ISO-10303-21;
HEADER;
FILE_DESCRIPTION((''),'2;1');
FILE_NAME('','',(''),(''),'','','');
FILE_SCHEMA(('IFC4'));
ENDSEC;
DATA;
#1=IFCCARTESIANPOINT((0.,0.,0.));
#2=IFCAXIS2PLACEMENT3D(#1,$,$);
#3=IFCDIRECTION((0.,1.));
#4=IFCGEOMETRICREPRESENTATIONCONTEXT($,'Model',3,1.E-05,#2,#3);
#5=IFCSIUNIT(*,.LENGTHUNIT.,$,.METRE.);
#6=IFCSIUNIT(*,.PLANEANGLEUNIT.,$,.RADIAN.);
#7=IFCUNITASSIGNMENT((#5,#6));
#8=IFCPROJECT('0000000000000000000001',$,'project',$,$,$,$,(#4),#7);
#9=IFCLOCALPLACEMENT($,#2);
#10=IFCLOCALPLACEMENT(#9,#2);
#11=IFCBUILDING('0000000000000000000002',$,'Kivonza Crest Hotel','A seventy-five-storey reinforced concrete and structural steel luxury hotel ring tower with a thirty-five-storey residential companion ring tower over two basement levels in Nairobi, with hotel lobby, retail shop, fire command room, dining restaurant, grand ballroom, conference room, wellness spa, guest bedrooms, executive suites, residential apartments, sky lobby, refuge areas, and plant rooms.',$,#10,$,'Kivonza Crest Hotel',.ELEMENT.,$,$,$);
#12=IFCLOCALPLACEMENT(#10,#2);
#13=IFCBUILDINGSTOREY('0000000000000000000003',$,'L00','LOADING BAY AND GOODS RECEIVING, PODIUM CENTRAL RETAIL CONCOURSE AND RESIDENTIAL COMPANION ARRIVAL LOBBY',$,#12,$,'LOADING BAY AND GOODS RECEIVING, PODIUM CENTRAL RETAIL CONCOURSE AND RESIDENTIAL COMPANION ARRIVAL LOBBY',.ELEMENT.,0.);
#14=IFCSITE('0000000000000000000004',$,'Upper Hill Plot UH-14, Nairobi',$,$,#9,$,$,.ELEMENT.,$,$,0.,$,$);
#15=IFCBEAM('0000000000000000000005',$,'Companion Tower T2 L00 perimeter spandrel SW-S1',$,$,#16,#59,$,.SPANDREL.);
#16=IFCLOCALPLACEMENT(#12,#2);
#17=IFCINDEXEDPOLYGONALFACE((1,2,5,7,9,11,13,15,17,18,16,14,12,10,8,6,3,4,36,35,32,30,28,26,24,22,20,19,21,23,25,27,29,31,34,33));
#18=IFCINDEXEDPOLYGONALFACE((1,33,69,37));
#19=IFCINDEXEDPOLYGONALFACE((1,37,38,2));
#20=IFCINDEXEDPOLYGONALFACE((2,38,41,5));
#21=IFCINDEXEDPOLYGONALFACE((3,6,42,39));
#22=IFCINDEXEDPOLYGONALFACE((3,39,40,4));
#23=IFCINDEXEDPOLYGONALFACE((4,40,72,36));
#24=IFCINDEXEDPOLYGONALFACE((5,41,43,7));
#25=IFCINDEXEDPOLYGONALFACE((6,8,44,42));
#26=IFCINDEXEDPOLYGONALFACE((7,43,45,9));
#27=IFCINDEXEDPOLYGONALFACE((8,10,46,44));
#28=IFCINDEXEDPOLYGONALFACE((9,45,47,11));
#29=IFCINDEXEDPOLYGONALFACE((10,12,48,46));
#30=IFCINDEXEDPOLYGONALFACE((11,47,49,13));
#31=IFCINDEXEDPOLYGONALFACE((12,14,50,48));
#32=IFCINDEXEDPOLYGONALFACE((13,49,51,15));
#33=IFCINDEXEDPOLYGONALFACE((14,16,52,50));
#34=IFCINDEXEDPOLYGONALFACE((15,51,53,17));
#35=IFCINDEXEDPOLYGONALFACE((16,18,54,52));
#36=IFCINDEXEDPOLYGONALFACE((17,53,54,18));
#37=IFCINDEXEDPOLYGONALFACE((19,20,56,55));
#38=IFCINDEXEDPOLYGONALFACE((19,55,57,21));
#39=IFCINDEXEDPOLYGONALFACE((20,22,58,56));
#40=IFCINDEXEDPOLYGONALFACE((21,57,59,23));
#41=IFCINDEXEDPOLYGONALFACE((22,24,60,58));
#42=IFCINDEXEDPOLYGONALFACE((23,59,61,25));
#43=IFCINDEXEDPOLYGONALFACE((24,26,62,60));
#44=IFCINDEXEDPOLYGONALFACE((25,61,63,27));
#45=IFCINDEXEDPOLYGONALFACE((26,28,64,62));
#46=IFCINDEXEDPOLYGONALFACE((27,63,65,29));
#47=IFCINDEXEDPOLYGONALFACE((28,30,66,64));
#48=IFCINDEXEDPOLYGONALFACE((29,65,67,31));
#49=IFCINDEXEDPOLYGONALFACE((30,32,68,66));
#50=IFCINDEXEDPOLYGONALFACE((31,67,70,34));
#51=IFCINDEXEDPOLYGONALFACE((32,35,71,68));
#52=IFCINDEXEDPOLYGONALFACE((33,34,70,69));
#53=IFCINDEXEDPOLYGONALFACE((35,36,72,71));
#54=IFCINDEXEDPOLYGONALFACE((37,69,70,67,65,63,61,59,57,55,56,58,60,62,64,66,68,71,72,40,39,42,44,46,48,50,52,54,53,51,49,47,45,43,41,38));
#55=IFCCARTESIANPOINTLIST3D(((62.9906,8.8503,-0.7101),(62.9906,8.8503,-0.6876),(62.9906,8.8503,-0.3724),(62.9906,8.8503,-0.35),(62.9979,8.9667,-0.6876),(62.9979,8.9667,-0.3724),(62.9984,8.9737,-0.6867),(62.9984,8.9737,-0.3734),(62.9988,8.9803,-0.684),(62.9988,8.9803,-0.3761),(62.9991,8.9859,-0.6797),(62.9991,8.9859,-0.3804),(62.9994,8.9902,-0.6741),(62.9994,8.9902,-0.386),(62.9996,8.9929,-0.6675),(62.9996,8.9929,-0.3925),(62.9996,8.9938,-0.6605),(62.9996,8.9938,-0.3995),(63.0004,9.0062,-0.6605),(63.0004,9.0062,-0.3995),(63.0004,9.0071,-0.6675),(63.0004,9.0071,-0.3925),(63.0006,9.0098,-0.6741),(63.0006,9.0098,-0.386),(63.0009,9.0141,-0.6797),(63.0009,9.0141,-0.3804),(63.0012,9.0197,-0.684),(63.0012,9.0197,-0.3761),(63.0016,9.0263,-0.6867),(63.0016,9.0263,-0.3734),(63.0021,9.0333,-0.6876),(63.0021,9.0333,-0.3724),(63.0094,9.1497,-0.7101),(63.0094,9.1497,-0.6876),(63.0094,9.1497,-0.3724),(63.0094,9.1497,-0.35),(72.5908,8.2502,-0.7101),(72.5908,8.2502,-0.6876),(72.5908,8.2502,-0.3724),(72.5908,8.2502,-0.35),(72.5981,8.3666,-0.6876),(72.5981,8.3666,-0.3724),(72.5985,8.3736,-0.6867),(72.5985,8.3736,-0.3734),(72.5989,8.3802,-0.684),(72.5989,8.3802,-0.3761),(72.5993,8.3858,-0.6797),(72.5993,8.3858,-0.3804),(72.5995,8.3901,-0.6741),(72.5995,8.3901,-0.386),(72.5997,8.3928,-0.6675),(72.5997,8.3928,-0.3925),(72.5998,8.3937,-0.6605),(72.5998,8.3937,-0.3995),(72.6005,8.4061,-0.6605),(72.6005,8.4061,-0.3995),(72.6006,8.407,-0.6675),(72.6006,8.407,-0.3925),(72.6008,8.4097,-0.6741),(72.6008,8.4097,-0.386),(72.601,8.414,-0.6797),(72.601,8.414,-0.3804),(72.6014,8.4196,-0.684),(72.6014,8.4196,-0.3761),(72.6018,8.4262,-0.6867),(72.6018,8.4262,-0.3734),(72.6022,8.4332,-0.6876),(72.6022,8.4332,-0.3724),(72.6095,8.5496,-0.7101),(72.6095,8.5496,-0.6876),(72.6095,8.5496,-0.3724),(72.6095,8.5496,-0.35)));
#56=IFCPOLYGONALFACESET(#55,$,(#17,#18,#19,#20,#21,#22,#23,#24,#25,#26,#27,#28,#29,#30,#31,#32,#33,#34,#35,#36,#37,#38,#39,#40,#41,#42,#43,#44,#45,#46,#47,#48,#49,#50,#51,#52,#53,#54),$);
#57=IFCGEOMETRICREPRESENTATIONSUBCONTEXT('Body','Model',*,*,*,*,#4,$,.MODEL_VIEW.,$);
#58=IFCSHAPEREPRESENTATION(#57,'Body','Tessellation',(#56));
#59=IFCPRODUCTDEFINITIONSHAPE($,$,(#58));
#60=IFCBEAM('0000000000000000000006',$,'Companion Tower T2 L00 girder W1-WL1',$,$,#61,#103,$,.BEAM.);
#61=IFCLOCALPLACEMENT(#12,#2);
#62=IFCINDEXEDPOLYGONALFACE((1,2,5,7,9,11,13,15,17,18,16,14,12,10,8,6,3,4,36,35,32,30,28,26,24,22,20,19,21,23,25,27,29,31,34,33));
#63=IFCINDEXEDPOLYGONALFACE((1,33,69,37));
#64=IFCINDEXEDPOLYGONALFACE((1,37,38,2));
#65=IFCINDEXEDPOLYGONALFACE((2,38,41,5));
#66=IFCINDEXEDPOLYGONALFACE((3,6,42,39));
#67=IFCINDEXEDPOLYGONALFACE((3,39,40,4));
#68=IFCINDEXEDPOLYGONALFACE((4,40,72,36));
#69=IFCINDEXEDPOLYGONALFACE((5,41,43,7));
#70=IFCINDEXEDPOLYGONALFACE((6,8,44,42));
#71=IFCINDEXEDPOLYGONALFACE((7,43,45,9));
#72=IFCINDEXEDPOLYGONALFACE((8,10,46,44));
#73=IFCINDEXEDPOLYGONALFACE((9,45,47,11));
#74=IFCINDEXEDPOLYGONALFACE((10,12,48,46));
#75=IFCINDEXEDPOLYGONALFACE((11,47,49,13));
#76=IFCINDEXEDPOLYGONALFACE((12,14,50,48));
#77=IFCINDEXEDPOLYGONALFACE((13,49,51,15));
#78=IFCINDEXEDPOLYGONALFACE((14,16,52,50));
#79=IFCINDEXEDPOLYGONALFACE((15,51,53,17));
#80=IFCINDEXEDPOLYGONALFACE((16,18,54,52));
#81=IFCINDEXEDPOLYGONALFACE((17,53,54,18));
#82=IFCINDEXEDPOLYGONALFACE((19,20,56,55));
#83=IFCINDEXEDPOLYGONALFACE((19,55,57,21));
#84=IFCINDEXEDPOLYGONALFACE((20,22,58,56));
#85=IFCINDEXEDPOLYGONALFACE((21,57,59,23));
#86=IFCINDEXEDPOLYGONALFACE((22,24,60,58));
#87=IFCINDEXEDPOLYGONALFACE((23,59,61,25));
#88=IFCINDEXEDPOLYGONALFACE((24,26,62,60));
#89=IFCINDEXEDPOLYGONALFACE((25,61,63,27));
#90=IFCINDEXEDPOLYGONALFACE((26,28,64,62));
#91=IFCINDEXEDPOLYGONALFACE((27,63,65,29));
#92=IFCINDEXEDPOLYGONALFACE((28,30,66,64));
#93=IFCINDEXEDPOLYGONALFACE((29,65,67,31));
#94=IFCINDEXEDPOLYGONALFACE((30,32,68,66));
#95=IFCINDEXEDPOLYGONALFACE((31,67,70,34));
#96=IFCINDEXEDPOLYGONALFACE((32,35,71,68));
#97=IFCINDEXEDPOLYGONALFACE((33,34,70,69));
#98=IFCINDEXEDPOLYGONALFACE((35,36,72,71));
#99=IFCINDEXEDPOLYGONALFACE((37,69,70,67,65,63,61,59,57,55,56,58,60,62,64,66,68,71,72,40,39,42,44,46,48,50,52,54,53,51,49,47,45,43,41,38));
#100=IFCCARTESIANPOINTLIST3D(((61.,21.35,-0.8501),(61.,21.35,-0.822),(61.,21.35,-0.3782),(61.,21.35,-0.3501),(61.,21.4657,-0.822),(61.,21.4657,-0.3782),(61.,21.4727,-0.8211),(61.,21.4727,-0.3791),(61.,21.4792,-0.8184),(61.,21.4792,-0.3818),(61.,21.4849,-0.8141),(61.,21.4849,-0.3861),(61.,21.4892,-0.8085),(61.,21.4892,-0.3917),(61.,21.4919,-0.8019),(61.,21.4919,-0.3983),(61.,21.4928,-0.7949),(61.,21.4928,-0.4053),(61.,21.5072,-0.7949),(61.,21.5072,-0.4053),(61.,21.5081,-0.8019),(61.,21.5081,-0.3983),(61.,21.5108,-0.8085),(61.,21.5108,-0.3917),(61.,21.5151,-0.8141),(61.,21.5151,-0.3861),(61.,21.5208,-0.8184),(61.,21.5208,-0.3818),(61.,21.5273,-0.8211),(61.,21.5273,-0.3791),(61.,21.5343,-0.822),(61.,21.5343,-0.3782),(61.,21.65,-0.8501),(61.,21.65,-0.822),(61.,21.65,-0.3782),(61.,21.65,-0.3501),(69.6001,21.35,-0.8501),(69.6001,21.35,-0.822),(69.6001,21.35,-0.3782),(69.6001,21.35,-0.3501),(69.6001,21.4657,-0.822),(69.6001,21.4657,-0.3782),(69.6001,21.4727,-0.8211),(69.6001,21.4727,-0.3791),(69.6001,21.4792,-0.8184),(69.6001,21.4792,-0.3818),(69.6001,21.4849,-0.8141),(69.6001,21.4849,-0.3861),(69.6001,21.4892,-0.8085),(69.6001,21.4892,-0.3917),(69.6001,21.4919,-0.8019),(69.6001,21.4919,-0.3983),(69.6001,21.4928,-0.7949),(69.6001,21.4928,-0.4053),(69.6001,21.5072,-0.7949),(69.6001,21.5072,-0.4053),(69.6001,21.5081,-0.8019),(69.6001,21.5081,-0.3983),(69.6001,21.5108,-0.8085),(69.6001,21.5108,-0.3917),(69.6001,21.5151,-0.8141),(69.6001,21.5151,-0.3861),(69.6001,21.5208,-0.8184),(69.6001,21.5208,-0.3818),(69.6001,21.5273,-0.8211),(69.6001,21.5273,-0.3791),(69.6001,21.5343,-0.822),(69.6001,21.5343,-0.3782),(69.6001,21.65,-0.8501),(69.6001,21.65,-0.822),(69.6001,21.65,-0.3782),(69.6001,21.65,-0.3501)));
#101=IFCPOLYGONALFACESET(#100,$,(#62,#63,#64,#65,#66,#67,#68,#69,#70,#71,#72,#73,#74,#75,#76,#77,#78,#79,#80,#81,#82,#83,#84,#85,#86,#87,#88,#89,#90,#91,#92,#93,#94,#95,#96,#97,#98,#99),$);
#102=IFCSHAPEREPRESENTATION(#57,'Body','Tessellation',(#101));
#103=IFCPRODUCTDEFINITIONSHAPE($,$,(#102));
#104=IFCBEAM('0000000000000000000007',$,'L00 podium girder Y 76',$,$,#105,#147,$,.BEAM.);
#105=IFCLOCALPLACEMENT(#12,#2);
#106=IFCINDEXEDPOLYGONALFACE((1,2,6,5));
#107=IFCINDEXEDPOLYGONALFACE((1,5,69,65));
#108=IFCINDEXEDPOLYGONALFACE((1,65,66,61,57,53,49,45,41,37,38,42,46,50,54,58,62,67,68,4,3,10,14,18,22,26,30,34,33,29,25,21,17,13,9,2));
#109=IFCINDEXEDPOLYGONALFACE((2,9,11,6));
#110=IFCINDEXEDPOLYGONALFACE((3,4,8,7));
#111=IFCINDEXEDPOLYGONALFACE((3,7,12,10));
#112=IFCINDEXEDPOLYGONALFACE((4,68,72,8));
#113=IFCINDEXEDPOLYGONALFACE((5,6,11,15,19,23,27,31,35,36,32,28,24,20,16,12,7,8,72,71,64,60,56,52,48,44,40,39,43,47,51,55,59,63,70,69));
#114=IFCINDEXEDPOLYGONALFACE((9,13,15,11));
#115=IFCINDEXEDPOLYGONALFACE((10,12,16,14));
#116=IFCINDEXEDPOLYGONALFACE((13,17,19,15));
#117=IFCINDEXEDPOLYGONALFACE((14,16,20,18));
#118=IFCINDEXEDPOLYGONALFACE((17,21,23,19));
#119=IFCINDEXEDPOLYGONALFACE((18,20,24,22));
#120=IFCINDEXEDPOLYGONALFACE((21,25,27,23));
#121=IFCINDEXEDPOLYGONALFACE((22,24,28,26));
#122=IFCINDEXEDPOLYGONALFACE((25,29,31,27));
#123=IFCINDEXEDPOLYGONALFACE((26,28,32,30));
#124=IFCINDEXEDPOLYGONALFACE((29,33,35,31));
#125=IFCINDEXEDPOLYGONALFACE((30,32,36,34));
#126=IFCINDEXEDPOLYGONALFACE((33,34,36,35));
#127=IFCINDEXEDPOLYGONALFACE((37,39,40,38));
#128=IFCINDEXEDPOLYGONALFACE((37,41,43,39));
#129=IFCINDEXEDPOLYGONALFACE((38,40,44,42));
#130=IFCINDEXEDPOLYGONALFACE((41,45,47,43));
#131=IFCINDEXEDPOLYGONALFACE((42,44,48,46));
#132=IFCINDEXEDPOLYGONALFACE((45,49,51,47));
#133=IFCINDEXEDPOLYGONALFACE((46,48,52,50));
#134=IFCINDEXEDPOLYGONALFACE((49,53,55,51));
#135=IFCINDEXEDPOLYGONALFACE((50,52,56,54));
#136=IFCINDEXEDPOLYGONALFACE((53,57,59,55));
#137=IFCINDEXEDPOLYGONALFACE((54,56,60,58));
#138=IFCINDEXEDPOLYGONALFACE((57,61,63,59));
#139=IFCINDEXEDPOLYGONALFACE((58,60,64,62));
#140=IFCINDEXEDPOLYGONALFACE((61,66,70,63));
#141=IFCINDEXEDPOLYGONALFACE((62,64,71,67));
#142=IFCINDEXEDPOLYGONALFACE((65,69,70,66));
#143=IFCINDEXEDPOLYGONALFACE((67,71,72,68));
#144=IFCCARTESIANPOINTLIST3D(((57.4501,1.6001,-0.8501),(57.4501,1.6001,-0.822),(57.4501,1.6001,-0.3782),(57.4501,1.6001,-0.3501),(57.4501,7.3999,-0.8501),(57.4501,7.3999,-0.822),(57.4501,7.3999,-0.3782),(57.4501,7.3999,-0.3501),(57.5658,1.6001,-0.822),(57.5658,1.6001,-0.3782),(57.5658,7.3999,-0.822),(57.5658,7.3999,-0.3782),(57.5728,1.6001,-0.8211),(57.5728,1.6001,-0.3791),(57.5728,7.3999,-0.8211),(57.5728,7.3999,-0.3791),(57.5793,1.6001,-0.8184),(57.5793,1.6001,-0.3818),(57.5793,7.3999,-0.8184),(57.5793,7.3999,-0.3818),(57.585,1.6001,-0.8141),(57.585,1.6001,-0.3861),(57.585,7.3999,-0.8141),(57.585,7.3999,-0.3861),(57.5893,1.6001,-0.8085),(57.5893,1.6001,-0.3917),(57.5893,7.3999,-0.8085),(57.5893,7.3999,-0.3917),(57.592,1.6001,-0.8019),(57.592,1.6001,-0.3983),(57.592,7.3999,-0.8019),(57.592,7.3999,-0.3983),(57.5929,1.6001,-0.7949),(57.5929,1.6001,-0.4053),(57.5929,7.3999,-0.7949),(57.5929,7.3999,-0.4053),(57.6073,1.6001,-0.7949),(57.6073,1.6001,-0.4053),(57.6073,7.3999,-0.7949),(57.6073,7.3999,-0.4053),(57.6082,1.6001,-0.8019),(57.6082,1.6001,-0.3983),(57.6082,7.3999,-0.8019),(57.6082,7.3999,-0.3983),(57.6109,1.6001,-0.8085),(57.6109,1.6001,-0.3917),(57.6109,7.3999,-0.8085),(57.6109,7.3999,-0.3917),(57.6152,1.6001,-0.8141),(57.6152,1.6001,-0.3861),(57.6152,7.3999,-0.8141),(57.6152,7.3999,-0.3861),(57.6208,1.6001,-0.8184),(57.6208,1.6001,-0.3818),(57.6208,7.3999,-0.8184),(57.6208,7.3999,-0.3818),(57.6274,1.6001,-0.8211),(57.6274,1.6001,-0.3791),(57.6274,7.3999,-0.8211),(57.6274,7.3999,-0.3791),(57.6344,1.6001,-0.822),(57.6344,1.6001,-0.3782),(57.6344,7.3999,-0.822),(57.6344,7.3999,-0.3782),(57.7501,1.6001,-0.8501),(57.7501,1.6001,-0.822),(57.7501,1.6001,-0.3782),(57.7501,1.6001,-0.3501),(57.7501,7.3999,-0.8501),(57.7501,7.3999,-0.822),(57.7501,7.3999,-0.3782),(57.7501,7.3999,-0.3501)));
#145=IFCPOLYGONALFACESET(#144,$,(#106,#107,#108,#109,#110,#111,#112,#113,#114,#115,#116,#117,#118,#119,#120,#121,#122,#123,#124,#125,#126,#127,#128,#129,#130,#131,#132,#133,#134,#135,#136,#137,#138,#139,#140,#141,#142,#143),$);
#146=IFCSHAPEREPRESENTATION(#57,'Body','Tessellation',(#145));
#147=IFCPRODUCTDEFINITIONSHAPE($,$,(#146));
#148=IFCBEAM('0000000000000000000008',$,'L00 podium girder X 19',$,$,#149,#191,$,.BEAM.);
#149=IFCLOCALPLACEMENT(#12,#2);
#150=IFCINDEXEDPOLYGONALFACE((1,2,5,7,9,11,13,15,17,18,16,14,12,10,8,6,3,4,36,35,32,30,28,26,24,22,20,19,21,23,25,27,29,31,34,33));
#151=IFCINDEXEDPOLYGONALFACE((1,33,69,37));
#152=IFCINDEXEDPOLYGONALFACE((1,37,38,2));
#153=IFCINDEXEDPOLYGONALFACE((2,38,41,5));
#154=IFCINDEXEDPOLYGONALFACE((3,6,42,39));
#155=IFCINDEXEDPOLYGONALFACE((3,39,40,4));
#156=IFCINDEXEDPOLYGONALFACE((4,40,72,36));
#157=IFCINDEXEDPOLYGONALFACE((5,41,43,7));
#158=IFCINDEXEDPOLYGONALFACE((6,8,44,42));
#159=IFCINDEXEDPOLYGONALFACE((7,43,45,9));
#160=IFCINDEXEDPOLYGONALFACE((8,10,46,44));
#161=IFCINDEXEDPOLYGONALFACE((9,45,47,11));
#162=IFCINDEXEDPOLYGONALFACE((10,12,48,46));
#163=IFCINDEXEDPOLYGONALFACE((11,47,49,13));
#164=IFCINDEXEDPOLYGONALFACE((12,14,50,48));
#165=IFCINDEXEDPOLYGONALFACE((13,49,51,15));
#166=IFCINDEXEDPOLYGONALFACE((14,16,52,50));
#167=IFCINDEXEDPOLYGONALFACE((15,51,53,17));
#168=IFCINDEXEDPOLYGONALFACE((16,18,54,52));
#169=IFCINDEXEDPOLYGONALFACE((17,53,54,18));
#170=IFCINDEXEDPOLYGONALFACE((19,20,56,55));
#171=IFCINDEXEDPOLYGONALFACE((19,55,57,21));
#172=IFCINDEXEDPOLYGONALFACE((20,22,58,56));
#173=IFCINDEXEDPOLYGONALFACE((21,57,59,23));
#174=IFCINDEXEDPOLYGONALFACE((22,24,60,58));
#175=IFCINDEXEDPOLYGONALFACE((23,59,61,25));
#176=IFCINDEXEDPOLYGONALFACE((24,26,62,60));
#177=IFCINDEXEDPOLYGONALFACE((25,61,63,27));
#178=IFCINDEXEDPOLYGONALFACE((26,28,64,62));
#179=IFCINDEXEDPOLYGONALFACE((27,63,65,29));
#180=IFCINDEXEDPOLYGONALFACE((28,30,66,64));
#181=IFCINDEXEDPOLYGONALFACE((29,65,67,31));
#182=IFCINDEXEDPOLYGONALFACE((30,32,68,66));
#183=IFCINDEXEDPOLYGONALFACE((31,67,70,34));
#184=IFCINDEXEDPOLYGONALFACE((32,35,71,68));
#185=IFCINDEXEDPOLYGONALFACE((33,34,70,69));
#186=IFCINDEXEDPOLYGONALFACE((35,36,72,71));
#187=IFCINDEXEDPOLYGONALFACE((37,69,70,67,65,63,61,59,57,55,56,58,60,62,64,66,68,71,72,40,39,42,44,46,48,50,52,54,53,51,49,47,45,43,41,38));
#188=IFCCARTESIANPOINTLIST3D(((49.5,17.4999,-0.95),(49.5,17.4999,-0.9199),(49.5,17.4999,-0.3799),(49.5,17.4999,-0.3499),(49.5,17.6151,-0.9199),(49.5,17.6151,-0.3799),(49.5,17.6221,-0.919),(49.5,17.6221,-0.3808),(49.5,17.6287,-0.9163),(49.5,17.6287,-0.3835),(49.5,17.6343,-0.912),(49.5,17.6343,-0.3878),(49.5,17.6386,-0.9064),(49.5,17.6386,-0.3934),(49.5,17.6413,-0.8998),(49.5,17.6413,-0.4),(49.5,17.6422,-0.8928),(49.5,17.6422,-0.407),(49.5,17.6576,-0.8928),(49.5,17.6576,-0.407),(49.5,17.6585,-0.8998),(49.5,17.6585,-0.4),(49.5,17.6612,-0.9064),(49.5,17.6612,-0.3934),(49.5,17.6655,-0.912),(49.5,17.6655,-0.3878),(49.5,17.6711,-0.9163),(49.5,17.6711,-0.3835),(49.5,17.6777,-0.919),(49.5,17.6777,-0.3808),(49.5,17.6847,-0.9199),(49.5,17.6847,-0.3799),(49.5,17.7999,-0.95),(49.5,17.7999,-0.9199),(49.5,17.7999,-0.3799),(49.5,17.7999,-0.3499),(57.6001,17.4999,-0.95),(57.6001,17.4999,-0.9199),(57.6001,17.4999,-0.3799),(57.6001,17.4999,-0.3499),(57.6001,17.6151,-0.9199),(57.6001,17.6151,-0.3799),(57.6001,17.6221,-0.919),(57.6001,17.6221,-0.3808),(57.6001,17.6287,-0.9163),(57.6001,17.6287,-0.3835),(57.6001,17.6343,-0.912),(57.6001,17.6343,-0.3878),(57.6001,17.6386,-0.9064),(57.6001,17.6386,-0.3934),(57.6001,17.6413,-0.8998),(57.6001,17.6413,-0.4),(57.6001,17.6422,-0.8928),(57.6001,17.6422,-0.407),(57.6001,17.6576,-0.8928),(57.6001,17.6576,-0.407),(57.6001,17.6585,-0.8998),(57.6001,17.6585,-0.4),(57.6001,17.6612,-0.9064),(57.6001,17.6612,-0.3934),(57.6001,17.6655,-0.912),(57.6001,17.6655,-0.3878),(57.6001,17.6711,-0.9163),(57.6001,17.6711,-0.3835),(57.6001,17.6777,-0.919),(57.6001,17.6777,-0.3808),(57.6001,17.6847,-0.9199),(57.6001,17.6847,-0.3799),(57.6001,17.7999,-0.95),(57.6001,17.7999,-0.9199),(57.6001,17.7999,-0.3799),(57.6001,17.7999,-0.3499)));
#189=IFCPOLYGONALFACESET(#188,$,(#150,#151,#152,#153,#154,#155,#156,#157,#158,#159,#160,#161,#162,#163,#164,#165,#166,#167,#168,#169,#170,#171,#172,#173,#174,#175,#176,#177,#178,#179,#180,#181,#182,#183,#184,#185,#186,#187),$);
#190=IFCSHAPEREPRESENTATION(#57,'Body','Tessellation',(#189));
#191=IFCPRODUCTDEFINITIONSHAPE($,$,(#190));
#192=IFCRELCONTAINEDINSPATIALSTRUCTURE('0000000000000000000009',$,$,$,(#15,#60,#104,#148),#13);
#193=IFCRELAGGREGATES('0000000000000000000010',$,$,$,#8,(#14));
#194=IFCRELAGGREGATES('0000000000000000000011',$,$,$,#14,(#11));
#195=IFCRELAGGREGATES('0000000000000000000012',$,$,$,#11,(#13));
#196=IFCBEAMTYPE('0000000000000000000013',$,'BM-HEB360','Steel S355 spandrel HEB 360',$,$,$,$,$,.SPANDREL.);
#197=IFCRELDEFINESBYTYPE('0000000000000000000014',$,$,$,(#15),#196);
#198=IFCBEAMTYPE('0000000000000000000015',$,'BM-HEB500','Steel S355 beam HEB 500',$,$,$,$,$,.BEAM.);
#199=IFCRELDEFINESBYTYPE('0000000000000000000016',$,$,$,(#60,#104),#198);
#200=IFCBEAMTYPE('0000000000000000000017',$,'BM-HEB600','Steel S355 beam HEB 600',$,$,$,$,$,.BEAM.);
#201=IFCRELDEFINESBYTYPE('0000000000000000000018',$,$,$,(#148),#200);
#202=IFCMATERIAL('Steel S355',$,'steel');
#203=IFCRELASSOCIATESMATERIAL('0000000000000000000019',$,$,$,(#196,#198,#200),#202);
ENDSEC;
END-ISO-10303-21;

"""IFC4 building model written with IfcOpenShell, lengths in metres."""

from ifc_helpers import new_model, si_unit, direction, frame, origin, origin_2d, place, context, subcontext, project, spatial, i_section, extrude, material, material_profile, profile_set, type_object, element, save


model = new_model("IFC4")

# Units and contexts
model_context = context("Model", 3, precision=1e-05, world=origin(), true_north=direction((0.0, 1.0)))
body_context = subcontext(model_context, "Body", "Model", "MODEL_VIEW")
ifc_project = project(units=[si_unit("LENGTHUNIT", "METRE"), si_unit("PLANEANGLEUNIT", "RADIAN")], contexts=[model_context])

# Site, building, storey
site_placement = place(None, origin())
site = spatial("IfcSite", under=ifc_project, at=site_placement, Name="Upper Hill Plot UH-14, Nairobi", CompositionType="ELEMENT", RefElevation=0.0)
building_placement = place(site_placement, origin())
building = spatial("IfcBuilding", under=site, at=building_placement, Name="Kivonza Crest Hotel", Description="A seventy-five-storey reinforced concrete and structural steel luxury hotel ring tower with a thirty-five-storey residential companion ring tower over two basement levels in Nairobi, with hotel lobby, retail shop, fire command room, dining restaurant, grand ballroom, conference room, wellness spa, guest bedrooms, executive suites, residential apartments, sky lobby, refuge areas, and plant rooms.", LongName="Kivonza Crest Hotel", CompositionType="ELEMENT")
storey_placement = place(building_placement, origin())
storey = spatial("IfcBuildingStorey", under=building, at=storey_placement, Name="L00", Description="LOADING BAY AND GOODS RECEIVING, PODIUM CENTRAL RETAIL CONCOURSE AND RESIDENTIAL COMPANION ARRIVAL LOBBY", LongName="LOADING BAY AND GOODS RECEIVING, PODIUM CENTRAL RETAIL CONCOURSE AND RESIDENTIAL COMPANION ARRIVAL LOBBY", CompositionType="ELEMENT", Elevation=0.0)

# Beams
ifc_material_1 = material(Name="Steel S355", Category="steel")
ifc_material_profile_1 = material_profile(ifc_material_1, i_section(OverallWidth=0.3, OverallDepth=0.3601, WebThickness=0.0125, FlangeThickness=0.0225, FilletRadius=0.0271, at=origin_2d()), Name="HEB 360")
ifc_profile_set_1 = profile_set([ifc_material_profile_1], Name="Steel S355")
beam_type_1 = type_object("IfcBeamType", Name="BM-HEB360", Description="Steel S355 spandrel HEB 360", PredefinedType="SPANDREL", material=ifc_profile_set_1)
beam_1_placement = place(storey_placement, frame((63.0, 9.0, -0.53), z_axis=(0.998052, -0.062388, 0.0), x_axis=(0.062388, 0.998052, 0.0)))
element("IfcBeam", 1, at=beam_1_placement, inside=storey, type_object=beam_type_1, Name="Companion Tower T2 L00 perimeter spandrel SW-S1", PredefinedType="SPANDREL", context=body_context, shape_type="SweptSolid", body=[
    extrude(i_section(OverallWidth=0.3, OverallDepth=0.3601, WebThickness=0.0125, FlangeThickness=0.0225, FilletRadius=0.0271, at=origin_2d()), origin(), (0.0, 0.0, 1.0), 9.6189),
])
ifc_material_profile_2 = material_profile(ifc_material_1, i_section(OverallWidth=0.3, OverallDepth=0.5, WebThickness=0.0144, FlangeThickness=0.0281, FilletRadius=0.0271, at=origin_2d()), Name="HEB 500")
ifc_profile_set_2 = profile_set([ifc_material_profile_2], Name="Steel S355")
beam_type_2 = type_object("IfcBeamType", Name="BM-HEB500", Description="Steel S355 beam HEB 500", PredefinedType="BEAM", material=ifc_profile_set_2)
beam_2_placement = place(storey_placement, frame((61.0, 21.5, -0.6001), z_axis=(1.0, 0.0, 0.0), x_axis=(0.0, 1.0, 0.0)))
element("IfcBeam", 2, at=beam_2_placement, inside=storey, type_object=beam_type_2, Name="Companion Tower T2 L00 girder W1-WL1", PredefinedType="BEAM", context=body_context, shape_type="SweptSolid", body=[
    extrude(i_section(OverallWidth=0.3, OverallDepth=0.5, WebThickness=0.0144, FlangeThickness=0.0281, FilletRadius=0.0271, at=origin_2d()), origin(), (0.0, 0.0, 1.0), 8.6001),
])
beam_3_placement = place(storey_placement, frame((57.6001, 1.6001, -0.6001), z_axis=(0.0, 1.0, 0.0), x_axis=(-1.0, 0.0, 0.0)))
element("IfcBeam", 3, at=beam_3_placement, inside=storey, type_object=beam_type_2, Name="L00 podium girder Y 76", PredefinedType="BEAM", context=body_context, shape_type="SweptSolid", body=[
    extrude(i_section(OverallWidth=0.3, OverallDepth=0.5, WebThickness=0.0144, FlangeThickness=0.0281, FilletRadius=0.0271, at=origin_2d()), origin(), (0.0, 0.0, 1.0), 5.7998),
])
ifc_material_profile_3 = material_profile(ifc_material_1, i_section(OverallWidth=0.3, OverallDepth=0.6001, WebThickness=0.0154, FlangeThickness=0.03, FilletRadius=0.0271, at=origin_2d()), Name="HEB 600")
ifc_profile_set_3 = profile_set([ifc_material_profile_3], Name="Steel S355")
beam_type_3 = type_object("IfcBeamType", Name="BM-HEB600", Description="Steel S355 beam HEB 600", PredefinedType="BEAM", material=ifc_profile_set_3)
beam_4_placement = place(storey_placement, frame((49.5, 17.6499, -0.6499), z_axis=(1.0, 0.0, 0.0), x_axis=(0.0, 1.0, 0.0)))
element("IfcBeam", 4, at=beam_4_placement, inside=storey, type_object=beam_type_3, Name="L00 podium girder X 19", PredefinedType="BEAM", context=body_context, shape_type="SweptSolid", body=[
    extrude(i_section(OverallWidth=0.3, OverallDepth=0.6001, WebThickness=0.0154, FlangeThickness=0.03, FilletRadius=0.0271, at=origin_2d()), origin(), (0.0, 0.0, 1.0), 8.1001),
])

save(model, "model.ifc")
